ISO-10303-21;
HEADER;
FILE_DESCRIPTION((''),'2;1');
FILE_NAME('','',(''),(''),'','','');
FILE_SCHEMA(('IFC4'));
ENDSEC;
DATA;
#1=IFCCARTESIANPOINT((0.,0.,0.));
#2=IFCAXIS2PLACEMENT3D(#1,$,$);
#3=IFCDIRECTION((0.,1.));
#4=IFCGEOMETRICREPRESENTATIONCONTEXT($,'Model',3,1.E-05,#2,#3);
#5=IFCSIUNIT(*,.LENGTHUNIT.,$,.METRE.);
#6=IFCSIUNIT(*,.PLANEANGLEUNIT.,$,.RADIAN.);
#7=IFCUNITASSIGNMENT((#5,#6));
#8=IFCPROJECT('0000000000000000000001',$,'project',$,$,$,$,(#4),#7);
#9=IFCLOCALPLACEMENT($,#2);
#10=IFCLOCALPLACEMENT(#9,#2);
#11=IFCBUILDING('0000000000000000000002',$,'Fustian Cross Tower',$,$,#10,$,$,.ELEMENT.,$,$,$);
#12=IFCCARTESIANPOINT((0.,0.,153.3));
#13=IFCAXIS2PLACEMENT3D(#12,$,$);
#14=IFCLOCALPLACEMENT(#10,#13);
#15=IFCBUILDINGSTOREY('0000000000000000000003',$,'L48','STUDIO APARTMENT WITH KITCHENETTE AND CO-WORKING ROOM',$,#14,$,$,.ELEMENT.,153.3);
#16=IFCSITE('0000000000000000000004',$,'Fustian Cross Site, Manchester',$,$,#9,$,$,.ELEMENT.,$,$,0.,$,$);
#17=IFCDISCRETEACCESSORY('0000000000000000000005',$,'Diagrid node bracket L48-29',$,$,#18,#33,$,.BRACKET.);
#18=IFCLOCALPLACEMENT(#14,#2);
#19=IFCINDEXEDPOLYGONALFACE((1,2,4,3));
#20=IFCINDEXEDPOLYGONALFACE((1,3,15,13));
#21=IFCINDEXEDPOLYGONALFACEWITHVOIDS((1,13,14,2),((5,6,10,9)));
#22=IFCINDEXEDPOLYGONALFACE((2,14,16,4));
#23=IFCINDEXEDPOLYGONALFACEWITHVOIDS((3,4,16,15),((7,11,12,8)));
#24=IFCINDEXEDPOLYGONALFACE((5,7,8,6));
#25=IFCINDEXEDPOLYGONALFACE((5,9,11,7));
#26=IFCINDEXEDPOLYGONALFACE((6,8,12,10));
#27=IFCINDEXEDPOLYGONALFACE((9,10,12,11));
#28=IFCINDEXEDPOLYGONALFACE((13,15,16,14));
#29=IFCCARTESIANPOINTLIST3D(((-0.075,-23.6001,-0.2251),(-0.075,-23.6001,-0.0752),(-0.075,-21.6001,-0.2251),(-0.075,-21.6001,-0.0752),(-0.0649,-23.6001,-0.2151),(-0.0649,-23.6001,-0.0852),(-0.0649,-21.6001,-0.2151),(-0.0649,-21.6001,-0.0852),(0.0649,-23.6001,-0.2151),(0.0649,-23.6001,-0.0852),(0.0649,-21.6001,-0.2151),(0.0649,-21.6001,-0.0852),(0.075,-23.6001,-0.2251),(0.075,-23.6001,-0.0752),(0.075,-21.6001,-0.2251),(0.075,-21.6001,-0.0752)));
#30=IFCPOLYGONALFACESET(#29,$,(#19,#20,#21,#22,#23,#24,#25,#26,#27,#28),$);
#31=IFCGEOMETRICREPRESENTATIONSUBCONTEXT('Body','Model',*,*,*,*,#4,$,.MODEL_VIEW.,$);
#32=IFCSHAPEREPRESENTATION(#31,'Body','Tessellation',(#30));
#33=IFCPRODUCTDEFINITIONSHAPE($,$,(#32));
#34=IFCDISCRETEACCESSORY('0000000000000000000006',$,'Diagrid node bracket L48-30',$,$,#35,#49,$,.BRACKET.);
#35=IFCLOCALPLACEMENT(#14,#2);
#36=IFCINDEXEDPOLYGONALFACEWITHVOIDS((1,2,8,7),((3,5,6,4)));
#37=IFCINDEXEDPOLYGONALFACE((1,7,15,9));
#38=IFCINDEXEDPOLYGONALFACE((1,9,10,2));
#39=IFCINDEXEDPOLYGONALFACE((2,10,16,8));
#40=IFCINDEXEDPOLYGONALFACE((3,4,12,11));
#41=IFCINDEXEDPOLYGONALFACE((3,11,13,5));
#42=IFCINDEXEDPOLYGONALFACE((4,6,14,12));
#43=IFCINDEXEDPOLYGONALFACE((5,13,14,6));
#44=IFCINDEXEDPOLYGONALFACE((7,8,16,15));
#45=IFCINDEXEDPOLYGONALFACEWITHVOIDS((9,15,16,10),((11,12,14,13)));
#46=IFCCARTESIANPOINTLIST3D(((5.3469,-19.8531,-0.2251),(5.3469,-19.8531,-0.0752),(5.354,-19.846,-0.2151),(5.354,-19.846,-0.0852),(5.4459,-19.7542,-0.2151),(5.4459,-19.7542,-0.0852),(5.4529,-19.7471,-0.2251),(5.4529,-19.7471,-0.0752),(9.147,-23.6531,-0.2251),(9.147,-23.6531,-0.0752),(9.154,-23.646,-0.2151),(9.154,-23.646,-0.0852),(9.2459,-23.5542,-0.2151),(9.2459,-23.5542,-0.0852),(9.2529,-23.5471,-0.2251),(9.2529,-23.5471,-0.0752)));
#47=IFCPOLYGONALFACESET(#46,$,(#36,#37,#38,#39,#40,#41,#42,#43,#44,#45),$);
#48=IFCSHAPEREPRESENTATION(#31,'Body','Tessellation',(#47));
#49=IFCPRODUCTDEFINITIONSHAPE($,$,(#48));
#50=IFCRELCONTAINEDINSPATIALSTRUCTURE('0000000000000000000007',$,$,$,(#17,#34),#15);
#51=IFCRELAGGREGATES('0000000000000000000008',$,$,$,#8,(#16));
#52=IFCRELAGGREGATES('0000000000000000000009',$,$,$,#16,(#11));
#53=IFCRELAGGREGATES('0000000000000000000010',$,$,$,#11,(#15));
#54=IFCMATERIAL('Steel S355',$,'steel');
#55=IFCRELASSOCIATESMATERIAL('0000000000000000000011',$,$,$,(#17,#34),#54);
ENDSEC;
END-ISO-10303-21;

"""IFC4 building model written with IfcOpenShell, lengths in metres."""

from ifc_helpers import new_model, si_unit, direction, frame, origin, origin_2d, place, context, subcontext, project, spatial, hollow_rectangle, extrude, material, element, save


model = new_model("IFC4")

# Units and contexts
model_context = context("Model", 3, precision=1e-05, world=origin(), true_north=direction((0.0, 1.0)))
body_context = subcontext(model_context, "Body", "Model", "MODEL_VIEW")
ifc_project = project(units=[si_unit("LENGTHUNIT", "METRE"), si_unit("PLANEANGLEUNIT", "RADIAN")], contexts=[model_context])

# Site, building, storey
site_placement = place(None, origin())
site = spatial("IfcSite", under=ifc_project, at=site_placement, Name="Fustian Cross Site, Manchester", CompositionType="ELEMENT", RefElevation=0.0)
building_placement = place(site_placement, origin())
building = spatial("IfcBuilding", under=site, at=building_placement, Name="Fustian Cross Tower", CompositionType="ELEMENT")
storey_placement = place(building_placement, frame((0.0, 0.0, 153.3)))
storey = spatial("IfcBuildingStorey", under=building, at=storey_placement, Name="L48", Description="STUDIO APARTMENT WITH KITCHENETTE AND CO-WORKING ROOM", CompositionType="ELEMENT", Elevation=153.3)

# Discrete accessories
ifc_material_1 = material(Name="Steel S355", Category="steel")
discrete_accessory_1_placement = place(storey_placement, frame((0.0, -23.6001, -0.1501), z_axis=(0.0, 1.0, 0.0), x_axis=(-1.0, 0.0, 0.0)))
element("IfcDiscreteAccessory", 1, at=discrete_accessory_1_placement, inside=storey, material=ifc_material_1, Name="Diagrid node bracket L48-29", PredefinedType="BRACKET", context=body_context, shape_type="SweptSolid", body=[
    extrude(hollow_rectangle(XDim=0.1499, YDim=0.1499, WallThickness=0.01, at=origin_2d()), origin(), (0.0, 0.0, 1.0), 2.0),
])
discrete_accessory_2_placement = place(storey_placement, frame((9.2, -23.6001, -0.1501), z_axis=(-0.707107, 0.707107, 0.0), x_axis=(-0.707107, -0.707107, 0.0)))
element("IfcDiscreteAccessory", 2, at=discrete_accessory_2_placement, inside=storey, material=ifc_material_1, Name="Diagrid node bracket L48-30", PredefinedType="BRACKET", context=body_context, shape_type="SweptSolid", body=[
    extrude(hollow_rectangle(XDim=0.1499, YDim=0.1499, WallThickness=0.01, at=origin_2d()), origin(), (0.0, 0.0, 1.0), 5.374),
])

save(model, "model.ifc")
